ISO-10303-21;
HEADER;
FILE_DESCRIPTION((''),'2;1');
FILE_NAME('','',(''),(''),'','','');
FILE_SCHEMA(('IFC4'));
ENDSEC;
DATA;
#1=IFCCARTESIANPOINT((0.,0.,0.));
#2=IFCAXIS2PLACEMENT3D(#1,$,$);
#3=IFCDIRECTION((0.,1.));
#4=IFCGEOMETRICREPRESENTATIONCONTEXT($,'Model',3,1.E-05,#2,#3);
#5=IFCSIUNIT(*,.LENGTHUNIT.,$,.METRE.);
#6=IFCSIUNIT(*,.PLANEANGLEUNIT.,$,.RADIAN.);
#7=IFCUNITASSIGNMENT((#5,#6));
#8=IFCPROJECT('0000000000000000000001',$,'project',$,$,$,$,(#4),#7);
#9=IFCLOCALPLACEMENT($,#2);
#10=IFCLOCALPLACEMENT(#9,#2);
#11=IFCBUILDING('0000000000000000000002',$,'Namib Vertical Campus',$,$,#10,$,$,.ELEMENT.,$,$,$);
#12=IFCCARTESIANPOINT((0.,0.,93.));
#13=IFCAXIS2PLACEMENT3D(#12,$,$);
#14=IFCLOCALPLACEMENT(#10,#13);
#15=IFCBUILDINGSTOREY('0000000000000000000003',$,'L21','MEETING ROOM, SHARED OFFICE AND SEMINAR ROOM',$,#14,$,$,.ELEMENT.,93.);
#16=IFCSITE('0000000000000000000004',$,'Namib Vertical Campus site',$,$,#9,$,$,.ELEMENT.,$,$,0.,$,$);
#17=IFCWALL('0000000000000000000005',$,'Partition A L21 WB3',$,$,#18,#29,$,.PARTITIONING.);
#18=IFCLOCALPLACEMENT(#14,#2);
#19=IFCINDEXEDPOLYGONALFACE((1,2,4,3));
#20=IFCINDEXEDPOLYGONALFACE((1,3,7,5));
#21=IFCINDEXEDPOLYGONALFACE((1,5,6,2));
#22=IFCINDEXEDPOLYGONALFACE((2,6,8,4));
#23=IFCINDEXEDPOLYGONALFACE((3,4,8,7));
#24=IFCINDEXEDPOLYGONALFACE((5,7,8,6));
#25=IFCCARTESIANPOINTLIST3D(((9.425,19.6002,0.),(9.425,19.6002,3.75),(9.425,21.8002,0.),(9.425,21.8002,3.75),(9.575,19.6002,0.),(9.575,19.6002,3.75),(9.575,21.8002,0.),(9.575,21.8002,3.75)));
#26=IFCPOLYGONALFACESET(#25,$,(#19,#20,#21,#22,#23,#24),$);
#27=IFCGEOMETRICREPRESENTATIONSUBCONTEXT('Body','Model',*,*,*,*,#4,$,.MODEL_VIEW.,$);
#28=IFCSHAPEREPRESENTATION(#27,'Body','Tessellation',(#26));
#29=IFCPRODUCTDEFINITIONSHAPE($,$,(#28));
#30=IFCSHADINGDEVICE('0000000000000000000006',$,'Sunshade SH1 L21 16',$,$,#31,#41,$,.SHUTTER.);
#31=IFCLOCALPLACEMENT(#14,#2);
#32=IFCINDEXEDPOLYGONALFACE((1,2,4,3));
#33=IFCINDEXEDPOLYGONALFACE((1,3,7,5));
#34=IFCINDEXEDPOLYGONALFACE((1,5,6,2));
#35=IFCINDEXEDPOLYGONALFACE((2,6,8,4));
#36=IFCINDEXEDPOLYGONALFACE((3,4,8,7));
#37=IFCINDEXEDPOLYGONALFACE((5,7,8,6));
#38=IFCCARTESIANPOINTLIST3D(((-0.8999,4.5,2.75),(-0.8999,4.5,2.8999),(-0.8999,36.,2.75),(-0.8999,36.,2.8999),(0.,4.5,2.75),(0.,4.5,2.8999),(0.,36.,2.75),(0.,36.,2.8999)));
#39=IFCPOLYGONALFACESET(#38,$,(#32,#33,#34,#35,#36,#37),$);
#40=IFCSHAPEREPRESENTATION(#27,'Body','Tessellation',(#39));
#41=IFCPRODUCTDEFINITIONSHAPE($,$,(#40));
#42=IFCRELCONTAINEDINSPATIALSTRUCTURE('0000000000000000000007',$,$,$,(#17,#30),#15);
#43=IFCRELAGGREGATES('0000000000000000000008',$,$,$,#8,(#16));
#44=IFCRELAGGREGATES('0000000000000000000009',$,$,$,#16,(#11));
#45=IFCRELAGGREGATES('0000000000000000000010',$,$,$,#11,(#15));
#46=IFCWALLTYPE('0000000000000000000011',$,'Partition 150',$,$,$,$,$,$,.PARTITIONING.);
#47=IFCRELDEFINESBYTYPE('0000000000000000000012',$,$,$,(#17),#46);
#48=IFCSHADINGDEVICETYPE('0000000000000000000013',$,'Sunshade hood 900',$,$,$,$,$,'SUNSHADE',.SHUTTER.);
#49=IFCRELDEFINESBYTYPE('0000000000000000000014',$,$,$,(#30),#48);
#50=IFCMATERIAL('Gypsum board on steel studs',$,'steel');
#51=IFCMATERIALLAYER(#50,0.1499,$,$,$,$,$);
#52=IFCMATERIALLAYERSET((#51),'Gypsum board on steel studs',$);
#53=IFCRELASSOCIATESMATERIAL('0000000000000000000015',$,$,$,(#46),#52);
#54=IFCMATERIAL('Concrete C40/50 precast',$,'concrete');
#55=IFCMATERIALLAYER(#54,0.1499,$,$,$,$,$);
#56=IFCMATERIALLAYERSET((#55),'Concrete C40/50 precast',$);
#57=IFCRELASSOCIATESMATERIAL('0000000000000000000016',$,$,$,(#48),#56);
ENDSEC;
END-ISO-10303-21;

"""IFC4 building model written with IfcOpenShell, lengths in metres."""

from ifc_helpers import new_model, si_unit, direction, frame, frame_2d, origin, origin_2d, place, context, subcontext, project, spatial, rectangle, extrude, material, layer, layer_set, type_object, element, save


model = new_model("IFC4")

# Units and contexts
model_context = context("Model", 3, precision=1e-05, world=origin(), true_north=direction((0.0, 1.0)))
body_context = subcontext(model_context, "Body", "Model", "MODEL_VIEW")
ifc_project = project(units=[si_unit("LENGTHUNIT", "METRE"), si_unit("PLANEANGLEUNIT", "RADIAN")], contexts=[model_context])

# Site, building, storey
site_placement = place(None, origin())
site = spatial("IfcSite", under=ifc_project, at=site_placement, Name="Namib Vertical Campus site", CompositionType="ELEMENT", RefElevation=0.0)
building_placement = place(site_placement, origin())
building = spatial("IfcBuilding", under=site, at=building_placement, Name="Namib Vertical Campus", CompositionType="ELEMENT")
storey_placement = place(building_placement, frame((0.0, 0.0, 93.0)))
storey = spatial("IfcBuildingStorey", under=building, at=storey_placement, Name="L21", Description="MEETING ROOM, SHARED OFFICE AND SEMINAR ROOM", CompositionType="ELEMENT", Elevation=93.0)

# Wall
ifc_material_1 = material(Name="Gypsum board on steel studs", Category="steel")
ifc_layer_1 = layer(ifc_material_1, 0.1499)
ifc_layer_set_1 = layer_set([ifc_layer_1], Name="Gypsum board on steel studs")
wall_type_1 = type_object("IfcWallType", Name="Partition 150", PredefinedType="PARTITIONING", material=ifc_layer_set_1)
wall_1_placement = place(storey_placement, frame((9.5, 19.6001, 0.0), z_axis=(0.0, 0.0, 1.0), x_axis=(0.0, 1.0, 0.0)))
element("IfcWall", 1, at=wall_1_placement, inside=storey, type_object=wall_type_1, Name="Partition A L21 WB3", PredefinedType="PARTITIONING", context=body_context, shape_type="SweptSolid", body=[
    extrude(rectangle(XDim=2.2, YDim=0.1499, at=frame_2d((1.1001, 0.0))), origin(), (0.0, 0.0, 1.0), 3.75),
])

# Shading device
ifc_material_2 = material(Name="Concrete C40/50 precast", Category="concrete")
ifc_layer_2 = layer(ifc_material_2, 0.1499)
ifc_layer_set_2 = layer_set([ifc_layer_2], Name="Concrete C40/50 precast")
shading_device_type = type_object("IfcShadingDeviceType", Name="Sunshade hood 900", ElementType="SUNSHADE", PredefinedType="SHUTTER", material=ifc_layer_set_2)
shading_device_placement = place(storey_placement, frame((-0.45, 20.25, 2.75), z_axis=(0.0, 0.0, 1.0), x_axis=(0.0, -1.0, 0.0)))
element("IfcShadingDevice", 2, at=shading_device_placement, inside=storey, type_object=shading_device_type, Name="Sunshade SH1 L21 16", PredefinedType="SHUTTER", context=body_context, shape_type="SweptSolid", body=[
    extrude(rectangle(XDim=31.5, YDim=0.8999, at=origin_2d()), origin(), (0.0, 0.0, 1.0), 0.1499),
])

save(model, "model.ifc")
